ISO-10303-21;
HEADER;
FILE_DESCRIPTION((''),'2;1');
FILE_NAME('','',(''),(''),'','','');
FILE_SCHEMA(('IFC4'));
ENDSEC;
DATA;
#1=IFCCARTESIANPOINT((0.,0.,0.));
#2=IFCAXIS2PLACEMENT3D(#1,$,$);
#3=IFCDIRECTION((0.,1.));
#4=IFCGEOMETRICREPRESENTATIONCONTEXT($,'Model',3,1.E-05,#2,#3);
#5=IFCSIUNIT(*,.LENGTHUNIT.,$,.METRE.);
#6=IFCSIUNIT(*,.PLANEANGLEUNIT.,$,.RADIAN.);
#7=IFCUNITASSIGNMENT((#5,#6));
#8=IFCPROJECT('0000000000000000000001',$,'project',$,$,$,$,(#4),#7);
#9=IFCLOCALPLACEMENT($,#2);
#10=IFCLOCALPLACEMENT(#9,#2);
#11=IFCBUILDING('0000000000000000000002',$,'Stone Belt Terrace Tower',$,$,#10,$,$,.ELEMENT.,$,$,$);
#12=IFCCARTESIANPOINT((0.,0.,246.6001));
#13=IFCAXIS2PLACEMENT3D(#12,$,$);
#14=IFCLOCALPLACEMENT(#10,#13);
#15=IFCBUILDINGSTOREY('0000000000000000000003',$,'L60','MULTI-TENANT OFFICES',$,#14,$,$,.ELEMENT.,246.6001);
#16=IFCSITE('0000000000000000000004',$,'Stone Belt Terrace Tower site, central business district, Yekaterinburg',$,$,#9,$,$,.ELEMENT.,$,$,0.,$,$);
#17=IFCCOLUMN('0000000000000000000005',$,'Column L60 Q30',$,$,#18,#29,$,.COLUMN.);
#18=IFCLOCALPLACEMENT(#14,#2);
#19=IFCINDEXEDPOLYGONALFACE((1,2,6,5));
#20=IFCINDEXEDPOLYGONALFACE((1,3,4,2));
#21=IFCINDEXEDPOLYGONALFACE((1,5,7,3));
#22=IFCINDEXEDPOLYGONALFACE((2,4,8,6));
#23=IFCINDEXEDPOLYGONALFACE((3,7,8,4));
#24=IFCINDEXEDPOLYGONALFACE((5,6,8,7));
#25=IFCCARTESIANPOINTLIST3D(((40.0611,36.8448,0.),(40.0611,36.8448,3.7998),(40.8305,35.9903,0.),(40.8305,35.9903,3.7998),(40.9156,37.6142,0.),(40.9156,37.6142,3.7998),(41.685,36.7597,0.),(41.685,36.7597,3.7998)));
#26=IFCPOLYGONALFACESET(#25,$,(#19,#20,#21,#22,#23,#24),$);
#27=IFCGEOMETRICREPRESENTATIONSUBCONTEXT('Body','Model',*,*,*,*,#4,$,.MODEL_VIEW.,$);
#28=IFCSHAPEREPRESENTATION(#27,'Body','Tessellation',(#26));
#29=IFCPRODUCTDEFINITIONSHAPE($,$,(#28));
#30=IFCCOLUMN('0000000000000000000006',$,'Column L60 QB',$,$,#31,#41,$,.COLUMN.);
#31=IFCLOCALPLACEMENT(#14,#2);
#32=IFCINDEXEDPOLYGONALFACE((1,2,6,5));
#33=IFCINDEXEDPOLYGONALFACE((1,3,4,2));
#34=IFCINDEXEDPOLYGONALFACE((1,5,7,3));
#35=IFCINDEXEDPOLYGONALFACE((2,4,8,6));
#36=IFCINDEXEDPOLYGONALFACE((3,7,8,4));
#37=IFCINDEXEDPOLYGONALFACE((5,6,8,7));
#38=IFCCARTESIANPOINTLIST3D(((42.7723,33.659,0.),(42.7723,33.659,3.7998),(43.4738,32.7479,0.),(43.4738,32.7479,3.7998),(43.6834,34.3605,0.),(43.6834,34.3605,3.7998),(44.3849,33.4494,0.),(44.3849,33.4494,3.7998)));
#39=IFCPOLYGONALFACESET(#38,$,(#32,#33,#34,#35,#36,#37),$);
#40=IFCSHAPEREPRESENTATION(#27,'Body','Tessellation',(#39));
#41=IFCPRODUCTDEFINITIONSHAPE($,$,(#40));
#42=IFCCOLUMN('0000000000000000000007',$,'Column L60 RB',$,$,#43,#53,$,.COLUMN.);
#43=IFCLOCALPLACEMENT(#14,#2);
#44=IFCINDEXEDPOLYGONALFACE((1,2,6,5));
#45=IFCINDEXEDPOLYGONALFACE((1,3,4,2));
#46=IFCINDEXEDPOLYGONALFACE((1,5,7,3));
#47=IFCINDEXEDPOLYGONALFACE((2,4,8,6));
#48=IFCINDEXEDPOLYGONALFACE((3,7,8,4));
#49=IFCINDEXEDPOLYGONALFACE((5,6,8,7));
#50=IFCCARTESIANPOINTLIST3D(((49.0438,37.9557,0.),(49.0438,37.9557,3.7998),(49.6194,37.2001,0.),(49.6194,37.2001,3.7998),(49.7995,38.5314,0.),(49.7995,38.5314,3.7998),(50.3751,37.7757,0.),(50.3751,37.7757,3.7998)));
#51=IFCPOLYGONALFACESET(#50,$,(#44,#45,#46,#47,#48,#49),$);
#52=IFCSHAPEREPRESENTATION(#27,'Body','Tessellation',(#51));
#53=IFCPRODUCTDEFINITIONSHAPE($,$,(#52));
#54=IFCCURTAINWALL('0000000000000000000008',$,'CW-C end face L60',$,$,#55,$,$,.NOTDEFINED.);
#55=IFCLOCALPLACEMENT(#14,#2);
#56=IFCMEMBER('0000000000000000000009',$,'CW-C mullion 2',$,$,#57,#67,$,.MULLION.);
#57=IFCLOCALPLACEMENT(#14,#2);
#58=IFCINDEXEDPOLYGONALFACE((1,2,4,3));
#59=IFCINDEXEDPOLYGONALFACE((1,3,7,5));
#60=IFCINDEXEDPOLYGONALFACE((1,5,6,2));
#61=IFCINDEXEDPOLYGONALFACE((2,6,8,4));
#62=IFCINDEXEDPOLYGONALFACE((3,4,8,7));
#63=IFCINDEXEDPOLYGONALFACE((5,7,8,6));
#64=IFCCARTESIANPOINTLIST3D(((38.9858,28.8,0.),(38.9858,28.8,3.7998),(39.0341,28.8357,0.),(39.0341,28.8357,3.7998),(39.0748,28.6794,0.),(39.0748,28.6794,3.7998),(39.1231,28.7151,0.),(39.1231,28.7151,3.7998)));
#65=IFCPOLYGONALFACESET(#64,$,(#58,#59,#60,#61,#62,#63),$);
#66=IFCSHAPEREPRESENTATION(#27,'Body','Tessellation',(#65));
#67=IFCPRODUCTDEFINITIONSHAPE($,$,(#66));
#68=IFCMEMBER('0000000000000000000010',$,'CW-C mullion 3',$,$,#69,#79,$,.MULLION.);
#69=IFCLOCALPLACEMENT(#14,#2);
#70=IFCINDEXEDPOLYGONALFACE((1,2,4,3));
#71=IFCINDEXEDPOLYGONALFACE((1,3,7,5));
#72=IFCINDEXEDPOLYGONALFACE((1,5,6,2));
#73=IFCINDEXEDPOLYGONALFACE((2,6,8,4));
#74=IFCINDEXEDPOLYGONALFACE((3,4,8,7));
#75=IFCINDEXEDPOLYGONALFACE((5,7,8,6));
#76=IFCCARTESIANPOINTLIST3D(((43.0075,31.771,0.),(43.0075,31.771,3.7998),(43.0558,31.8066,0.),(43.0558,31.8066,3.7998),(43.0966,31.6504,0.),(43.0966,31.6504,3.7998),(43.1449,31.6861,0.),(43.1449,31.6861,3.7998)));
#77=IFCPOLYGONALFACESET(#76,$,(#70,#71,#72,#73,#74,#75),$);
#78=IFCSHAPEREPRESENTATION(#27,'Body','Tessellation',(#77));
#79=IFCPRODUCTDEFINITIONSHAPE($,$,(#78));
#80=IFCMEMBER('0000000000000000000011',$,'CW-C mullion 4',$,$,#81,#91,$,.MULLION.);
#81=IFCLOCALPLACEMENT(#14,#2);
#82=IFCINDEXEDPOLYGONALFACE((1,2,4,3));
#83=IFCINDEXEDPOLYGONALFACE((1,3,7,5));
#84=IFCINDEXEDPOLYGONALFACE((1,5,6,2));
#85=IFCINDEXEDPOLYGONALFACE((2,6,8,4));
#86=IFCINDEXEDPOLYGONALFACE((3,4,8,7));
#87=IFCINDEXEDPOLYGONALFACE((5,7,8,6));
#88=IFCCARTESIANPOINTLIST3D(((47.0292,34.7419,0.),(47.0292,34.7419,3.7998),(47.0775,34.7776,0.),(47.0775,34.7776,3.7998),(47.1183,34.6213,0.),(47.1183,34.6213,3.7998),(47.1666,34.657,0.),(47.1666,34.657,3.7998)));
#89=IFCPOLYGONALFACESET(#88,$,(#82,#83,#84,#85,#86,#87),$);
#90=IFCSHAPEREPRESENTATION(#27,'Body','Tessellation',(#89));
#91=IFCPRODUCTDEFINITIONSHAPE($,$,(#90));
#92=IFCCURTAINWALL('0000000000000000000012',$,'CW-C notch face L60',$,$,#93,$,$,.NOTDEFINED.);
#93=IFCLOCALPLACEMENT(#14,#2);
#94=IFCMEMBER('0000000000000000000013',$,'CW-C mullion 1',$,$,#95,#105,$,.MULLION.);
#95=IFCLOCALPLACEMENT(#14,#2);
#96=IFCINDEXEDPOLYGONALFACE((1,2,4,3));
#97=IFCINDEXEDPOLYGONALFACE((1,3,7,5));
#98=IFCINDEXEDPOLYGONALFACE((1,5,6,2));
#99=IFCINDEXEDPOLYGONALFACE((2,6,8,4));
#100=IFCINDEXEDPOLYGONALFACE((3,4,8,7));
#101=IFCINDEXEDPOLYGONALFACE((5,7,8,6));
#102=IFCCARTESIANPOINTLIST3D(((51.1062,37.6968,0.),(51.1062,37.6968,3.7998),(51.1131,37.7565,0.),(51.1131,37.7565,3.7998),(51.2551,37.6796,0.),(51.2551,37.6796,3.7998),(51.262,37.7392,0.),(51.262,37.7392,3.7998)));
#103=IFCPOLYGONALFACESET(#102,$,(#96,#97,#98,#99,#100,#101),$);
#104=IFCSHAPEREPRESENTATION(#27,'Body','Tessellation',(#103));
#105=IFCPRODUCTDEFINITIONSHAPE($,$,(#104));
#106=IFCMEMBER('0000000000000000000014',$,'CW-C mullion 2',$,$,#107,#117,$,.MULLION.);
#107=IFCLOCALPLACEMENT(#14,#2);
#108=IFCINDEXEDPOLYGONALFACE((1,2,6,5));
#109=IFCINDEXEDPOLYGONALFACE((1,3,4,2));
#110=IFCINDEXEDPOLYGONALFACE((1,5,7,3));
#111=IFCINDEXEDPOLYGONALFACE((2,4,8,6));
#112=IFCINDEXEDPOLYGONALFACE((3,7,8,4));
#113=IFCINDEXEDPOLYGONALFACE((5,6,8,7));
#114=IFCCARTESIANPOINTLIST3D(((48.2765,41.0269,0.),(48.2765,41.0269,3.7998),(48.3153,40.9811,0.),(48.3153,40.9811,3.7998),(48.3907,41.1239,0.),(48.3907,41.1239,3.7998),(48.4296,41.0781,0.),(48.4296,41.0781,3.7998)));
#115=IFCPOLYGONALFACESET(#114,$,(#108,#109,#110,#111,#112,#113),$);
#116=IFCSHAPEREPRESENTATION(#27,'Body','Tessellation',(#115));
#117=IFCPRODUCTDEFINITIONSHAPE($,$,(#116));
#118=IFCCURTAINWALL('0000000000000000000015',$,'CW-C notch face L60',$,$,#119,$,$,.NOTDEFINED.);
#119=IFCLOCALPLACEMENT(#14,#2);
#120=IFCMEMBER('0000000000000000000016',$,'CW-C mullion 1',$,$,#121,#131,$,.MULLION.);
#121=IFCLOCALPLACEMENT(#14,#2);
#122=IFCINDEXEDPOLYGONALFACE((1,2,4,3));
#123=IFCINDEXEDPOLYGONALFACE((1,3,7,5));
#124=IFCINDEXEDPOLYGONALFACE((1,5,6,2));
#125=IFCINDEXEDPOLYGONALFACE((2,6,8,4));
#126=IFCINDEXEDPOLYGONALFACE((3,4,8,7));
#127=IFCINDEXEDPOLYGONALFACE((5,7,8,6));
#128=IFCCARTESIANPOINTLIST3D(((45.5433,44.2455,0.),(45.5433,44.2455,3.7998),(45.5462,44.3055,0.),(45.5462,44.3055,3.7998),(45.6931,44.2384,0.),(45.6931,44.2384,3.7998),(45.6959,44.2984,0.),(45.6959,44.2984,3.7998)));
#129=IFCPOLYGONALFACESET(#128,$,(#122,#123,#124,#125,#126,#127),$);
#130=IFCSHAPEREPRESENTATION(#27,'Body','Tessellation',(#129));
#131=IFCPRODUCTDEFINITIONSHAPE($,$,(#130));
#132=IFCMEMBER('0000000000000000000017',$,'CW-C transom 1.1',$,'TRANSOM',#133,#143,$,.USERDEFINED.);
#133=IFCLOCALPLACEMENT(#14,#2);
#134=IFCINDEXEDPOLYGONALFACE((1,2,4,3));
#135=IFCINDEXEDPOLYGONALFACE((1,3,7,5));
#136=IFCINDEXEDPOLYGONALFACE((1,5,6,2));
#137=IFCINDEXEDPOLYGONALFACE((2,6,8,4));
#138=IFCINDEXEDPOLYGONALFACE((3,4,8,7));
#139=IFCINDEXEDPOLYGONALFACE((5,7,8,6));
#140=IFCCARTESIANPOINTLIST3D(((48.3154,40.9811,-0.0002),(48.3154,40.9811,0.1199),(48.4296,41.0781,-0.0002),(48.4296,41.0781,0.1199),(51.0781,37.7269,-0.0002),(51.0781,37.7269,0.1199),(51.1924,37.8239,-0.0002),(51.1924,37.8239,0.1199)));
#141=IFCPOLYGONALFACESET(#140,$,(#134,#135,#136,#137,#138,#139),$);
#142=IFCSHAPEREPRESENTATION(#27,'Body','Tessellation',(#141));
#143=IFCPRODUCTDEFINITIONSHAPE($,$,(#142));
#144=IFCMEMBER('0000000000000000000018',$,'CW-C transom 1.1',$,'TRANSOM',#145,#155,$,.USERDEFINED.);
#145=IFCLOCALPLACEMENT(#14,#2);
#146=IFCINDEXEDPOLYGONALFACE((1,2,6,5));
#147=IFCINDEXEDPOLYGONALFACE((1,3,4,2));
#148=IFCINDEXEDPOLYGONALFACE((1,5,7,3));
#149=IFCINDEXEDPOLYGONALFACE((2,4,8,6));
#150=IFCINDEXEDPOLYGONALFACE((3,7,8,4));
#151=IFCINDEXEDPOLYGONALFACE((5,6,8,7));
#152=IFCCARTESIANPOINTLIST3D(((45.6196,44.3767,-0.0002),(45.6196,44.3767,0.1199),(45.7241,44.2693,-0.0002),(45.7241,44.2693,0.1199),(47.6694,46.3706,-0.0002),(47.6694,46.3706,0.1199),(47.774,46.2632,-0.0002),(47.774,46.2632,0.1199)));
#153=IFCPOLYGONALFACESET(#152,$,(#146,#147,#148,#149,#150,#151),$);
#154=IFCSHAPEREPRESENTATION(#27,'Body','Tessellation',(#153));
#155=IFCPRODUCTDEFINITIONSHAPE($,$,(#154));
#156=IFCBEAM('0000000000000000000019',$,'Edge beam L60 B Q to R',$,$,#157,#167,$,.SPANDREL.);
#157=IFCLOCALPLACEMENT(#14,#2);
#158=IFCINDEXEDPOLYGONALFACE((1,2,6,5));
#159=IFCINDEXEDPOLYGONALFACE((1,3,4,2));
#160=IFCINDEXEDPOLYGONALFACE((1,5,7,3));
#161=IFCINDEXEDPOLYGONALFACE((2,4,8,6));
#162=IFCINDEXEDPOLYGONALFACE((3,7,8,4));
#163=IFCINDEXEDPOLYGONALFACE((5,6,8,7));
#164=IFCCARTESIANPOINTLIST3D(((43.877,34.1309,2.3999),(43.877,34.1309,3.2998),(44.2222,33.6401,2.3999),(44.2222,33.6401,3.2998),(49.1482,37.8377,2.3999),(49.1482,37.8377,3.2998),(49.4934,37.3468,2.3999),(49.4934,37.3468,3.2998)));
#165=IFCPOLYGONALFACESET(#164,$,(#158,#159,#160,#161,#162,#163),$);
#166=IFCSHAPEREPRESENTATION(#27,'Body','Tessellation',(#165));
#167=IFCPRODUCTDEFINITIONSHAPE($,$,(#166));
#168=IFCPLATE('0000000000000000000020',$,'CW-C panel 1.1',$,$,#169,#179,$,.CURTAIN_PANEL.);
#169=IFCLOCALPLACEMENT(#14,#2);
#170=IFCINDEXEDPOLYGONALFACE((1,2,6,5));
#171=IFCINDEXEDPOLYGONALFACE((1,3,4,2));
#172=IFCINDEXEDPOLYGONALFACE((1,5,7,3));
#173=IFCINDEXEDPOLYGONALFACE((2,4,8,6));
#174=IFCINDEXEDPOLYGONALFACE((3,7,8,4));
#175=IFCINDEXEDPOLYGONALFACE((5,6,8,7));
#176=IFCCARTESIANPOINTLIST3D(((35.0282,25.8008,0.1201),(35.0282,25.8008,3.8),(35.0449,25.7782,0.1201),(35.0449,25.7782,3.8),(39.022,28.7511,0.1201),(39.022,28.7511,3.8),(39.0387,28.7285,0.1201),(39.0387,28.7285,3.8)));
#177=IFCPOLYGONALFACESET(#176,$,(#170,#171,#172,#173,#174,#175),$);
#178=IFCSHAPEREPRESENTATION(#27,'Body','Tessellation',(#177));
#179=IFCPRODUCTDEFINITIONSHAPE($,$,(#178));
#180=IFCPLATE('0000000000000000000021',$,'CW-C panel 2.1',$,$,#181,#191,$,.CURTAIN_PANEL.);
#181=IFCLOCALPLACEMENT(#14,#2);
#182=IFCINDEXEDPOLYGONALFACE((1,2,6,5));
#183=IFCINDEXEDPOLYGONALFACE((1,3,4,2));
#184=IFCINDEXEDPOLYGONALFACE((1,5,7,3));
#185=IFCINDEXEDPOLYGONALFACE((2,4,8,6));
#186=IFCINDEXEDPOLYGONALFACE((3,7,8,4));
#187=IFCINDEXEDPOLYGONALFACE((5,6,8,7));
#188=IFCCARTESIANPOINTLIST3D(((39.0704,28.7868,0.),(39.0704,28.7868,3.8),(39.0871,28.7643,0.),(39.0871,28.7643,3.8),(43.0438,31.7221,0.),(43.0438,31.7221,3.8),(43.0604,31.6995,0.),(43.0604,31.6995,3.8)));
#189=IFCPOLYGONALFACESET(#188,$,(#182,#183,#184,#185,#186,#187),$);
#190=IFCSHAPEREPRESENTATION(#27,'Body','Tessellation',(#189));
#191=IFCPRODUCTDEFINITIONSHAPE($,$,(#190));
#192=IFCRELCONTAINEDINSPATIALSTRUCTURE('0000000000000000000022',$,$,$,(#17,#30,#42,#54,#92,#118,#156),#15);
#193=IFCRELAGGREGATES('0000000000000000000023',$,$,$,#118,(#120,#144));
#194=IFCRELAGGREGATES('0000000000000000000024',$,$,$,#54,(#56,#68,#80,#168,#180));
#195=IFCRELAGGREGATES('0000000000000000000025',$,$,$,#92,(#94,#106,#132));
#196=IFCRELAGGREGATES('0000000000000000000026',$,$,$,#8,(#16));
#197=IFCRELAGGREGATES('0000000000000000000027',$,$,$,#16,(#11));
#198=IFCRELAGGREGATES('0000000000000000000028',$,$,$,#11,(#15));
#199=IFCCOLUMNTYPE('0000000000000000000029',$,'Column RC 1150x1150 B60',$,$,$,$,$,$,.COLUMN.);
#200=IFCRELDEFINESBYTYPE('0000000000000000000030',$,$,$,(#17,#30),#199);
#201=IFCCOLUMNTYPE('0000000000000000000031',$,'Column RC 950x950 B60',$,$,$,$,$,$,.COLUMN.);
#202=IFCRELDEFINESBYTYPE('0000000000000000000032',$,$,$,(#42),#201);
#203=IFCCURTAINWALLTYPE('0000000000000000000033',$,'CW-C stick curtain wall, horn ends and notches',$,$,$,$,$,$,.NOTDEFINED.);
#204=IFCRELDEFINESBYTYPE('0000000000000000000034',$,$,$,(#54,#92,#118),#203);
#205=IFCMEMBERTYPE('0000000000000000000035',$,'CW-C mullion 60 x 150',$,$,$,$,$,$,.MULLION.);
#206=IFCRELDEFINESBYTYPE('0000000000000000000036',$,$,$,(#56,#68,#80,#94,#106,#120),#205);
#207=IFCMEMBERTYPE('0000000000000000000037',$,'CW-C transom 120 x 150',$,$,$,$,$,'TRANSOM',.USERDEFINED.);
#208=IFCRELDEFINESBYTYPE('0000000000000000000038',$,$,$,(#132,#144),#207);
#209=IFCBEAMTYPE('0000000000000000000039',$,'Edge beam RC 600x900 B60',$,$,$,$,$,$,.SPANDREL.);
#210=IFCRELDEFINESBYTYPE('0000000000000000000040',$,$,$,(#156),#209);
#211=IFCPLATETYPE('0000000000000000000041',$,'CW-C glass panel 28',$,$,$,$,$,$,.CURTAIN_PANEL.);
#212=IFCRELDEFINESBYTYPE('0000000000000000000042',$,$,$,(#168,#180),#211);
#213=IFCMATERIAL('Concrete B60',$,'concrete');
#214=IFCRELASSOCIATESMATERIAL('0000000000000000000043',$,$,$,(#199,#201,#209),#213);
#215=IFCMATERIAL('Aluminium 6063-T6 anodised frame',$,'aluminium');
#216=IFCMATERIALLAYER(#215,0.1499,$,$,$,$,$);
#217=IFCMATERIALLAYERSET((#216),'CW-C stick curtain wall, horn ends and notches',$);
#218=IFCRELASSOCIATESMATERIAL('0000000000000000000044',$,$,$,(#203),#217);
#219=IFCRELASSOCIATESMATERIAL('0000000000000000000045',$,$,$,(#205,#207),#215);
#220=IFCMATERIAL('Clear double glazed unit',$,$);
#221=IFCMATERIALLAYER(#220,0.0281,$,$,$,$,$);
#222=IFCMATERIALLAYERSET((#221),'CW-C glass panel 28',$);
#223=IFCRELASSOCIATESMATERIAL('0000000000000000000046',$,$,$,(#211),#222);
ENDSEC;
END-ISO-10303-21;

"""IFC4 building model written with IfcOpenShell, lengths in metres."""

from ifc_helpers import new_model, si_unit, direction, frame, origin, origin_2d, place, context, subcontext, project, spatial, rectangle, extrude, material, layer, layer_set, material_profile, profile_set, type_object, element, aggregate, save


model = new_model("IFC4")

# Units and contexts
model_context = context("Model", 3, precision=1e-05, world=origin(), true_north=direction((0.0, 1.0)))
body_context = subcontext(model_context, "Body", "Model", "MODEL_VIEW")
ifc_project = project(units=[si_unit("LENGTHUNIT", "METRE"), si_unit("PLANEANGLEUNIT", "RADIAN")], contexts=[model_context])

# Site, building, storey
site_placement = place(None, origin())
site = spatial("IfcSite", under=ifc_project, at=site_placement, Name="Stone Belt Terrace Tower site, central business district, Yekaterinburg", CompositionType="ELEMENT", RefElevation=0.0)
building_placement = place(site_placement, origin())
building = spatial("IfcBuilding", under=site, at=building_placement, Name="Stone Belt Terrace Tower", CompositionType="ELEMENT")
storey_placement = place(building_placement, frame((0.0, 0.0, 246.6001)))
storey = spatial("IfcBuildingStorey", under=building, at=storey_placement, Name="L60", Description="MULTI-TENANT OFFICES", CompositionType="ELEMENT", Elevation=246.6001)

# Columns
ifc_material_1 = material(Name="Concrete B60", Category="concrete")
ifc_material_profile_1 = material_profile(ifc_material_1, rectangle(XDim=1.1499, YDim=1.1499, at=origin_2d()), Name="RC 1150x1150")
ifc_profile_set_1 = profile_set([ifc_material_profile_1], Name="Concrete B60")
column_type_1 = type_object("IfcColumnType", Name="Column RC 1150x1150 B60", PredefinedType="COLUMN", material=ifc_profile_set_1)
for number, where, z_axis, x_axis, name in (
    (1, (40.873, 36.8022, 0.0), (0.0, 0.0, 1.0), (0.669131, -0.743145, 0.0), "Column L60 Q30"),
    (2, (43.5786, 33.5542, 0.0), (0.0, 0.0, 1.0), (0.610079, -0.792341, 0.0), "Column L60 QB"),
):
    element("IfcColumn", number, at=place(storey_placement, frame(where, z_axis=z_axis, x_axis=x_axis)), inside=storey, type_object=column_type_1, Name=name, PredefinedType="COLUMN", context=body_context, shape_type="SweptSolid", body=[
        extrude(rectangle(XDim=1.1499, YDim=1.1499, at=origin_2d()), origin(), (0.0, 0.0, 1.0), 3.7998),
    ])
ifc_material_profile_2 = material_profile(ifc_material_1, rectangle(XDim=0.95, YDim=0.95, at=origin_2d()), Name="RC 950x950")
ifc_profile_set_2 = profile_set([ifc_material_profile_2], Name="Concrete B60")
column_type_2 = type_object("IfcColumnType", Name="Column RC 950x950 B60", PredefinedType="COLUMN", material=ifc_profile_set_2)
column_placement = place(storey_placement, frame((49.7095, 37.8657, 0.0), z_axis=(0.0, 0.0, 1.0), x_axis=(0.605961, -0.795495, 0.0)))
element("IfcColumn", 3, at=column_placement, inside=storey, type_object=column_type_2, Name="Column L60 RB", PredefinedType="COLUMN", context=body_context, shape_type="SweptSolid", body=[
    extrude(rectangle(XDim=0.95, YDim=0.95, at=origin_2d()), origin(), (0.0, 0.0, 1.0), 3.7998),
])

# Curtain walls, members
ifc_material_2 = material(Name="Aluminium 6063-T6 anodised frame", Category="aluminium")
ifc_layer_1 = layer(ifc_material_2, 0.1499)
ifc_layer_set_1 = layer_set([ifc_layer_1], Name="CW-C stick curtain wall, horn ends and notches")
curtain_wall_type = type_object("IfcCurtainWallType", Name="CW-C stick curtain wall, horn ends and notches", PredefinedType="NOTDEFINED", material=ifc_layer_set_1)
curtain_wall_1_placement = place(storey_placement, origin())
curtain_wall_1 = element("IfcCurtainWall", 4, at=curtain_wall_1_placement, inside=storey, type_object=curtain_wall_type, Name="CW-C end face L60", PredefinedType="NOTDEFINED")
ifc_material_profile_3 = material_profile(ifc_material_2, rectangle(XDim=0.1499, YDim=0.0601, at=origin_2d()), Name="Aluminium 6063-T6 60x150")
ifc_profile_set_3 = profile_set([ifc_material_profile_3], Name="Aluminium 6063-T6 anodised frame")
member_type_1 = type_object("IfcMemberType", Name="CW-C mullion 60 x 150", PredefinedType="MULLION", material=ifc_profile_set_3)
member_1_placement = place(storey_placement, frame((39.0544, 28.7576, 0.0), z_axis=(0.0, 0.0, 1.0), x_axis=(-0.594184, 0.804329, 0.0)))
member_1 = element("IfcMember", 5, at=member_1_placement, type_object=member_type_1, Name="CW-C mullion 2", PredefinedType="MULLION", context=body_context, shape_type="SweptSolid", body=[
    extrude(rectangle(XDim=0.1499, YDim=0.0601, at=origin_2d()), origin(), (0.0, 0.0, 1.0), 3.7998),
])
member_2_placement = place(storey_placement, frame((43.0762, 31.7285, 0.0), z_axis=(0.0, 0.0, 1.0), x_axis=(-0.594184, 0.804329, 0.0)))
member_2 = element("IfcMember", 6, at=member_2_placement, type_object=member_type_1, Name="CW-C mullion 3", PredefinedType="MULLION", context=body_context, shape_type="SweptSolid", body=[
    extrude(rectangle(XDim=0.1499, YDim=0.0601, at=origin_2d()), origin(), (0.0, 0.0, 1.0), 3.7998),
])
member_3_placement = place(storey_placement, frame((47.0979, 34.6995, 0.0), z_axis=(0.0, 0.0, 1.0), x_axis=(-0.594184, 0.804329, 0.0)))
member_3 = element("IfcMember", 7, at=member_3_placement, type_object=member_type_1, Name="CW-C mullion 4", PredefinedType="MULLION", context=body_context, shape_type="SweptSolid", body=[
    extrude(rectangle(XDim=0.1499, YDim=0.0601, at=origin_2d()), origin(), (0.0, 0.0, 1.0), 3.7998),
])
curtain_wall_2_placement = place(storey_placement, origin())
curtain_wall_2 = element("IfcCurtainWall", 8, at=curtain_wall_2_placement, inside=storey, type_object=curtain_wall_type, Name="CW-C notch face L60", PredefinedType="NOTDEFINED")
member_4_placement = place(storey_placement, frame((51.1841, 37.718, 0.0), z_axis=(0.0, 0.0, 1.0), x_axis=(-0.993359, 0.115057, 0.0)))
member_4 = element("IfcMember", 9, at=member_4_placement, type_object=member_type_1, Name="CW-C mullion 1", PredefinedType="MULLION", context=body_context, shape_type="SweptSolid", body=[
    extrude(rectangle(XDim=0.1499, YDim=0.0601, at=origin_2d()), origin(), (0.0, 0.0, 1.0), 3.7998),
])
member_5_placement = place(storey_placement, frame((48.353, 41.0525, 0.0), z_axis=(0.0, 0.0, 1.0), x_axis=(-0.762311, -0.647211, 0.0)))
member_5 = element("IfcMember", 10, at=member_5_placement, type_object=member_type_1, Name="CW-C mullion 2", PredefinedType="MULLION", context=body_context, shape_type="SweptSolid", body=[
    extrude(rectangle(XDim=0.1499, YDim=0.0601, at=origin_2d()), origin(), (0.0, 0.0, 1.0), 3.7998),
])

# Curtain wall, member
curtain_wall_3_placement = place(storey_placement, origin())
curtain_wall_3 = element("IfcCurtainWall", 11, at=curtain_wall_3_placement, inside=storey, type_object=curtain_wall_type, Name="CW-C notch face L60", PredefinedType="NOTDEFINED")
member_6_placement = place(storey_placement, frame((45.6196, 44.272, 0.0), z_axis=(0.0, 0.0, 1.0), x_axis=(-0.998865, 0.047626, 0.0)))
member_6 = element("IfcMember", 12, at=member_6_placement, type_object=member_type_1, Name="CW-C mullion 1", PredefinedType="MULLION", context=body_context, shape_type="SweptSolid", body=[
    extrude(rectangle(XDim=0.1499, YDim=0.0601, at=origin_2d()), origin(), (0.0, 0.0, 1.0), 3.7998),
])

# Members
ifc_material_profile_4 = material_profile(ifc_material_2, rectangle(XDim=0.1499, YDim=0.1201, at=origin_2d()), Name="Aluminium 6063-T6 150x120")
ifc_profile_set_4 = profile_set([ifc_material_profile_4], Name="Aluminium 6063-T6 anodised frame")
member_type_2 = type_object("IfcMemberType", Name="CW-C transom 120 x 150", ElementType="TRANSOM", PredefinedType="USERDEFINED", material=ifc_profile_set_4)
member_7_placement = place(storey_placement, frame((51.1353, 37.7754, 0.0598), z_axis=(-0.647195, 0.762324, 0.0), x_axis=(-0.762324, -0.647195, 0.0)))
member_7 = element("IfcMember", 13, at=member_7_placement, type_object=member_type_2, Name="CW-C transom 1.1", ObjectType="TRANSOM", PredefinedType="USERDEFINED", context=body_context, shape_type="SweptSolid", body=[
    extrude(rectangle(XDim=0.1499, YDim=0.1201, at=origin_2d()), origin(), (0.0, 0.0, 1.0), 4.2688),
])
member_8_placement = place(storey_placement, frame((45.6719, 44.323, 0.0598), z_axis=(0.716815, 0.697264, 0.0), x_axis=(-0.697264, 0.716815, 0.0)))
member_8 = element("IfcMember", 14, at=member_8_placement, type_object=member_type_2, Name="CW-C transom 1.1", ObjectType="TRANSOM", PredefinedType="USERDEFINED", context=body_context, shape_type="SweptSolid", body=[
    extrude(rectangle(XDim=0.1499, YDim=0.1201, at=origin_2d()), origin(), (0.0, 0.0, 1.0), 2.8596),
])
aggregate(curtain_wall_3, [member_6, member_8])

# Beam
ifc_material_profile_5 = material_profile(ifc_material_1, rectangle(XDim=0.6001, YDim=0.8999, at=origin_2d()), Name="RC 600x900")
ifc_profile_set_5 = profile_set([ifc_material_profile_5], Name="Concrete B60")
beam_type = type_object("IfcBeamType", Name="Edge beam RC 600x900 B60", PredefinedType="SPANDREL", material=ifc_profile_set_5)
beam_placement = place(storey_placement, frame((44.0496, 33.8855, 2.8499), z_axis=(0.817997, 0.575223, 0.0), x_axis=(-0.575223, 0.817997, 0.0)))
element("IfcBeam", 15, at=beam_placement, inside=storey, type_object=beam_type, Name="Edge beam L60 B Q to R", PredefinedType="SPANDREL", context=body_context, shape_type="SweptSolid", body=[
    extrude(rectangle(XDim=0.6001, YDim=0.8999, at=origin_2d()), origin(), (0.0, 0.0, 1.0), 6.4441),
])

# Plates
ifc_material_3 = material(Name="Clear double glazed unit")
ifc_layer_2 = layer(ifc_material_3, 0.0281)
ifc_layer_set_2 = layer_set([ifc_layer_2], Name="CW-C glass panel 28")
plate_type = type_object("IfcPlateType", Name="CW-C glass panel 28", PredefinedType="CURTAIN_PANEL", material=ifc_layer_set_2)
plate_1_placement = place(storey_placement, frame((37.0334, 27.2646, 0.1201), z_axis=(0.0, 0.0, 1.0), x_axis=(0.804329, 0.594184, 0.0)))
plate_1 = element("IfcPlate", 16, at=plate_1_placement, type_object=plate_type, Name="CW-C panel 1.1", PredefinedType="CURTAIN_PANEL", context=body_context, shape_type="SweptSolid", body=[
    extrude(rectangle(XDim=4.9653, YDim=0.0281, at=origin_2d()), origin(), (0.0, 0.0, 1.0), 3.6799),
])
plate_2_placement = place(storey_placement, frame((41.0654, 30.2432, 0.0), z_axis=(0.0, 0.0, 1.0), x_axis=(0.804329, 0.594184, 0.0)))
plate_2 = element("IfcPlate", 17, at=plate_2_placement, type_object=plate_type, Name="CW-C panel 2.1", PredefinedType="CURTAIN_PANEL", context=body_context, shape_type="SweptSolid", body=[
    extrude(rectangle(XDim=4.9399, YDim=0.0281, at=origin_2d()), origin(), (0.0, 0.0, 1.0), 3.8),
])
aggregate(curtain_wall_1, [member_1, member_2, member_3, plate_1, plate_2])
aggregate(curtain_wall_2, [member_4, member_5, member_7])

save(model, "model.ifc")
